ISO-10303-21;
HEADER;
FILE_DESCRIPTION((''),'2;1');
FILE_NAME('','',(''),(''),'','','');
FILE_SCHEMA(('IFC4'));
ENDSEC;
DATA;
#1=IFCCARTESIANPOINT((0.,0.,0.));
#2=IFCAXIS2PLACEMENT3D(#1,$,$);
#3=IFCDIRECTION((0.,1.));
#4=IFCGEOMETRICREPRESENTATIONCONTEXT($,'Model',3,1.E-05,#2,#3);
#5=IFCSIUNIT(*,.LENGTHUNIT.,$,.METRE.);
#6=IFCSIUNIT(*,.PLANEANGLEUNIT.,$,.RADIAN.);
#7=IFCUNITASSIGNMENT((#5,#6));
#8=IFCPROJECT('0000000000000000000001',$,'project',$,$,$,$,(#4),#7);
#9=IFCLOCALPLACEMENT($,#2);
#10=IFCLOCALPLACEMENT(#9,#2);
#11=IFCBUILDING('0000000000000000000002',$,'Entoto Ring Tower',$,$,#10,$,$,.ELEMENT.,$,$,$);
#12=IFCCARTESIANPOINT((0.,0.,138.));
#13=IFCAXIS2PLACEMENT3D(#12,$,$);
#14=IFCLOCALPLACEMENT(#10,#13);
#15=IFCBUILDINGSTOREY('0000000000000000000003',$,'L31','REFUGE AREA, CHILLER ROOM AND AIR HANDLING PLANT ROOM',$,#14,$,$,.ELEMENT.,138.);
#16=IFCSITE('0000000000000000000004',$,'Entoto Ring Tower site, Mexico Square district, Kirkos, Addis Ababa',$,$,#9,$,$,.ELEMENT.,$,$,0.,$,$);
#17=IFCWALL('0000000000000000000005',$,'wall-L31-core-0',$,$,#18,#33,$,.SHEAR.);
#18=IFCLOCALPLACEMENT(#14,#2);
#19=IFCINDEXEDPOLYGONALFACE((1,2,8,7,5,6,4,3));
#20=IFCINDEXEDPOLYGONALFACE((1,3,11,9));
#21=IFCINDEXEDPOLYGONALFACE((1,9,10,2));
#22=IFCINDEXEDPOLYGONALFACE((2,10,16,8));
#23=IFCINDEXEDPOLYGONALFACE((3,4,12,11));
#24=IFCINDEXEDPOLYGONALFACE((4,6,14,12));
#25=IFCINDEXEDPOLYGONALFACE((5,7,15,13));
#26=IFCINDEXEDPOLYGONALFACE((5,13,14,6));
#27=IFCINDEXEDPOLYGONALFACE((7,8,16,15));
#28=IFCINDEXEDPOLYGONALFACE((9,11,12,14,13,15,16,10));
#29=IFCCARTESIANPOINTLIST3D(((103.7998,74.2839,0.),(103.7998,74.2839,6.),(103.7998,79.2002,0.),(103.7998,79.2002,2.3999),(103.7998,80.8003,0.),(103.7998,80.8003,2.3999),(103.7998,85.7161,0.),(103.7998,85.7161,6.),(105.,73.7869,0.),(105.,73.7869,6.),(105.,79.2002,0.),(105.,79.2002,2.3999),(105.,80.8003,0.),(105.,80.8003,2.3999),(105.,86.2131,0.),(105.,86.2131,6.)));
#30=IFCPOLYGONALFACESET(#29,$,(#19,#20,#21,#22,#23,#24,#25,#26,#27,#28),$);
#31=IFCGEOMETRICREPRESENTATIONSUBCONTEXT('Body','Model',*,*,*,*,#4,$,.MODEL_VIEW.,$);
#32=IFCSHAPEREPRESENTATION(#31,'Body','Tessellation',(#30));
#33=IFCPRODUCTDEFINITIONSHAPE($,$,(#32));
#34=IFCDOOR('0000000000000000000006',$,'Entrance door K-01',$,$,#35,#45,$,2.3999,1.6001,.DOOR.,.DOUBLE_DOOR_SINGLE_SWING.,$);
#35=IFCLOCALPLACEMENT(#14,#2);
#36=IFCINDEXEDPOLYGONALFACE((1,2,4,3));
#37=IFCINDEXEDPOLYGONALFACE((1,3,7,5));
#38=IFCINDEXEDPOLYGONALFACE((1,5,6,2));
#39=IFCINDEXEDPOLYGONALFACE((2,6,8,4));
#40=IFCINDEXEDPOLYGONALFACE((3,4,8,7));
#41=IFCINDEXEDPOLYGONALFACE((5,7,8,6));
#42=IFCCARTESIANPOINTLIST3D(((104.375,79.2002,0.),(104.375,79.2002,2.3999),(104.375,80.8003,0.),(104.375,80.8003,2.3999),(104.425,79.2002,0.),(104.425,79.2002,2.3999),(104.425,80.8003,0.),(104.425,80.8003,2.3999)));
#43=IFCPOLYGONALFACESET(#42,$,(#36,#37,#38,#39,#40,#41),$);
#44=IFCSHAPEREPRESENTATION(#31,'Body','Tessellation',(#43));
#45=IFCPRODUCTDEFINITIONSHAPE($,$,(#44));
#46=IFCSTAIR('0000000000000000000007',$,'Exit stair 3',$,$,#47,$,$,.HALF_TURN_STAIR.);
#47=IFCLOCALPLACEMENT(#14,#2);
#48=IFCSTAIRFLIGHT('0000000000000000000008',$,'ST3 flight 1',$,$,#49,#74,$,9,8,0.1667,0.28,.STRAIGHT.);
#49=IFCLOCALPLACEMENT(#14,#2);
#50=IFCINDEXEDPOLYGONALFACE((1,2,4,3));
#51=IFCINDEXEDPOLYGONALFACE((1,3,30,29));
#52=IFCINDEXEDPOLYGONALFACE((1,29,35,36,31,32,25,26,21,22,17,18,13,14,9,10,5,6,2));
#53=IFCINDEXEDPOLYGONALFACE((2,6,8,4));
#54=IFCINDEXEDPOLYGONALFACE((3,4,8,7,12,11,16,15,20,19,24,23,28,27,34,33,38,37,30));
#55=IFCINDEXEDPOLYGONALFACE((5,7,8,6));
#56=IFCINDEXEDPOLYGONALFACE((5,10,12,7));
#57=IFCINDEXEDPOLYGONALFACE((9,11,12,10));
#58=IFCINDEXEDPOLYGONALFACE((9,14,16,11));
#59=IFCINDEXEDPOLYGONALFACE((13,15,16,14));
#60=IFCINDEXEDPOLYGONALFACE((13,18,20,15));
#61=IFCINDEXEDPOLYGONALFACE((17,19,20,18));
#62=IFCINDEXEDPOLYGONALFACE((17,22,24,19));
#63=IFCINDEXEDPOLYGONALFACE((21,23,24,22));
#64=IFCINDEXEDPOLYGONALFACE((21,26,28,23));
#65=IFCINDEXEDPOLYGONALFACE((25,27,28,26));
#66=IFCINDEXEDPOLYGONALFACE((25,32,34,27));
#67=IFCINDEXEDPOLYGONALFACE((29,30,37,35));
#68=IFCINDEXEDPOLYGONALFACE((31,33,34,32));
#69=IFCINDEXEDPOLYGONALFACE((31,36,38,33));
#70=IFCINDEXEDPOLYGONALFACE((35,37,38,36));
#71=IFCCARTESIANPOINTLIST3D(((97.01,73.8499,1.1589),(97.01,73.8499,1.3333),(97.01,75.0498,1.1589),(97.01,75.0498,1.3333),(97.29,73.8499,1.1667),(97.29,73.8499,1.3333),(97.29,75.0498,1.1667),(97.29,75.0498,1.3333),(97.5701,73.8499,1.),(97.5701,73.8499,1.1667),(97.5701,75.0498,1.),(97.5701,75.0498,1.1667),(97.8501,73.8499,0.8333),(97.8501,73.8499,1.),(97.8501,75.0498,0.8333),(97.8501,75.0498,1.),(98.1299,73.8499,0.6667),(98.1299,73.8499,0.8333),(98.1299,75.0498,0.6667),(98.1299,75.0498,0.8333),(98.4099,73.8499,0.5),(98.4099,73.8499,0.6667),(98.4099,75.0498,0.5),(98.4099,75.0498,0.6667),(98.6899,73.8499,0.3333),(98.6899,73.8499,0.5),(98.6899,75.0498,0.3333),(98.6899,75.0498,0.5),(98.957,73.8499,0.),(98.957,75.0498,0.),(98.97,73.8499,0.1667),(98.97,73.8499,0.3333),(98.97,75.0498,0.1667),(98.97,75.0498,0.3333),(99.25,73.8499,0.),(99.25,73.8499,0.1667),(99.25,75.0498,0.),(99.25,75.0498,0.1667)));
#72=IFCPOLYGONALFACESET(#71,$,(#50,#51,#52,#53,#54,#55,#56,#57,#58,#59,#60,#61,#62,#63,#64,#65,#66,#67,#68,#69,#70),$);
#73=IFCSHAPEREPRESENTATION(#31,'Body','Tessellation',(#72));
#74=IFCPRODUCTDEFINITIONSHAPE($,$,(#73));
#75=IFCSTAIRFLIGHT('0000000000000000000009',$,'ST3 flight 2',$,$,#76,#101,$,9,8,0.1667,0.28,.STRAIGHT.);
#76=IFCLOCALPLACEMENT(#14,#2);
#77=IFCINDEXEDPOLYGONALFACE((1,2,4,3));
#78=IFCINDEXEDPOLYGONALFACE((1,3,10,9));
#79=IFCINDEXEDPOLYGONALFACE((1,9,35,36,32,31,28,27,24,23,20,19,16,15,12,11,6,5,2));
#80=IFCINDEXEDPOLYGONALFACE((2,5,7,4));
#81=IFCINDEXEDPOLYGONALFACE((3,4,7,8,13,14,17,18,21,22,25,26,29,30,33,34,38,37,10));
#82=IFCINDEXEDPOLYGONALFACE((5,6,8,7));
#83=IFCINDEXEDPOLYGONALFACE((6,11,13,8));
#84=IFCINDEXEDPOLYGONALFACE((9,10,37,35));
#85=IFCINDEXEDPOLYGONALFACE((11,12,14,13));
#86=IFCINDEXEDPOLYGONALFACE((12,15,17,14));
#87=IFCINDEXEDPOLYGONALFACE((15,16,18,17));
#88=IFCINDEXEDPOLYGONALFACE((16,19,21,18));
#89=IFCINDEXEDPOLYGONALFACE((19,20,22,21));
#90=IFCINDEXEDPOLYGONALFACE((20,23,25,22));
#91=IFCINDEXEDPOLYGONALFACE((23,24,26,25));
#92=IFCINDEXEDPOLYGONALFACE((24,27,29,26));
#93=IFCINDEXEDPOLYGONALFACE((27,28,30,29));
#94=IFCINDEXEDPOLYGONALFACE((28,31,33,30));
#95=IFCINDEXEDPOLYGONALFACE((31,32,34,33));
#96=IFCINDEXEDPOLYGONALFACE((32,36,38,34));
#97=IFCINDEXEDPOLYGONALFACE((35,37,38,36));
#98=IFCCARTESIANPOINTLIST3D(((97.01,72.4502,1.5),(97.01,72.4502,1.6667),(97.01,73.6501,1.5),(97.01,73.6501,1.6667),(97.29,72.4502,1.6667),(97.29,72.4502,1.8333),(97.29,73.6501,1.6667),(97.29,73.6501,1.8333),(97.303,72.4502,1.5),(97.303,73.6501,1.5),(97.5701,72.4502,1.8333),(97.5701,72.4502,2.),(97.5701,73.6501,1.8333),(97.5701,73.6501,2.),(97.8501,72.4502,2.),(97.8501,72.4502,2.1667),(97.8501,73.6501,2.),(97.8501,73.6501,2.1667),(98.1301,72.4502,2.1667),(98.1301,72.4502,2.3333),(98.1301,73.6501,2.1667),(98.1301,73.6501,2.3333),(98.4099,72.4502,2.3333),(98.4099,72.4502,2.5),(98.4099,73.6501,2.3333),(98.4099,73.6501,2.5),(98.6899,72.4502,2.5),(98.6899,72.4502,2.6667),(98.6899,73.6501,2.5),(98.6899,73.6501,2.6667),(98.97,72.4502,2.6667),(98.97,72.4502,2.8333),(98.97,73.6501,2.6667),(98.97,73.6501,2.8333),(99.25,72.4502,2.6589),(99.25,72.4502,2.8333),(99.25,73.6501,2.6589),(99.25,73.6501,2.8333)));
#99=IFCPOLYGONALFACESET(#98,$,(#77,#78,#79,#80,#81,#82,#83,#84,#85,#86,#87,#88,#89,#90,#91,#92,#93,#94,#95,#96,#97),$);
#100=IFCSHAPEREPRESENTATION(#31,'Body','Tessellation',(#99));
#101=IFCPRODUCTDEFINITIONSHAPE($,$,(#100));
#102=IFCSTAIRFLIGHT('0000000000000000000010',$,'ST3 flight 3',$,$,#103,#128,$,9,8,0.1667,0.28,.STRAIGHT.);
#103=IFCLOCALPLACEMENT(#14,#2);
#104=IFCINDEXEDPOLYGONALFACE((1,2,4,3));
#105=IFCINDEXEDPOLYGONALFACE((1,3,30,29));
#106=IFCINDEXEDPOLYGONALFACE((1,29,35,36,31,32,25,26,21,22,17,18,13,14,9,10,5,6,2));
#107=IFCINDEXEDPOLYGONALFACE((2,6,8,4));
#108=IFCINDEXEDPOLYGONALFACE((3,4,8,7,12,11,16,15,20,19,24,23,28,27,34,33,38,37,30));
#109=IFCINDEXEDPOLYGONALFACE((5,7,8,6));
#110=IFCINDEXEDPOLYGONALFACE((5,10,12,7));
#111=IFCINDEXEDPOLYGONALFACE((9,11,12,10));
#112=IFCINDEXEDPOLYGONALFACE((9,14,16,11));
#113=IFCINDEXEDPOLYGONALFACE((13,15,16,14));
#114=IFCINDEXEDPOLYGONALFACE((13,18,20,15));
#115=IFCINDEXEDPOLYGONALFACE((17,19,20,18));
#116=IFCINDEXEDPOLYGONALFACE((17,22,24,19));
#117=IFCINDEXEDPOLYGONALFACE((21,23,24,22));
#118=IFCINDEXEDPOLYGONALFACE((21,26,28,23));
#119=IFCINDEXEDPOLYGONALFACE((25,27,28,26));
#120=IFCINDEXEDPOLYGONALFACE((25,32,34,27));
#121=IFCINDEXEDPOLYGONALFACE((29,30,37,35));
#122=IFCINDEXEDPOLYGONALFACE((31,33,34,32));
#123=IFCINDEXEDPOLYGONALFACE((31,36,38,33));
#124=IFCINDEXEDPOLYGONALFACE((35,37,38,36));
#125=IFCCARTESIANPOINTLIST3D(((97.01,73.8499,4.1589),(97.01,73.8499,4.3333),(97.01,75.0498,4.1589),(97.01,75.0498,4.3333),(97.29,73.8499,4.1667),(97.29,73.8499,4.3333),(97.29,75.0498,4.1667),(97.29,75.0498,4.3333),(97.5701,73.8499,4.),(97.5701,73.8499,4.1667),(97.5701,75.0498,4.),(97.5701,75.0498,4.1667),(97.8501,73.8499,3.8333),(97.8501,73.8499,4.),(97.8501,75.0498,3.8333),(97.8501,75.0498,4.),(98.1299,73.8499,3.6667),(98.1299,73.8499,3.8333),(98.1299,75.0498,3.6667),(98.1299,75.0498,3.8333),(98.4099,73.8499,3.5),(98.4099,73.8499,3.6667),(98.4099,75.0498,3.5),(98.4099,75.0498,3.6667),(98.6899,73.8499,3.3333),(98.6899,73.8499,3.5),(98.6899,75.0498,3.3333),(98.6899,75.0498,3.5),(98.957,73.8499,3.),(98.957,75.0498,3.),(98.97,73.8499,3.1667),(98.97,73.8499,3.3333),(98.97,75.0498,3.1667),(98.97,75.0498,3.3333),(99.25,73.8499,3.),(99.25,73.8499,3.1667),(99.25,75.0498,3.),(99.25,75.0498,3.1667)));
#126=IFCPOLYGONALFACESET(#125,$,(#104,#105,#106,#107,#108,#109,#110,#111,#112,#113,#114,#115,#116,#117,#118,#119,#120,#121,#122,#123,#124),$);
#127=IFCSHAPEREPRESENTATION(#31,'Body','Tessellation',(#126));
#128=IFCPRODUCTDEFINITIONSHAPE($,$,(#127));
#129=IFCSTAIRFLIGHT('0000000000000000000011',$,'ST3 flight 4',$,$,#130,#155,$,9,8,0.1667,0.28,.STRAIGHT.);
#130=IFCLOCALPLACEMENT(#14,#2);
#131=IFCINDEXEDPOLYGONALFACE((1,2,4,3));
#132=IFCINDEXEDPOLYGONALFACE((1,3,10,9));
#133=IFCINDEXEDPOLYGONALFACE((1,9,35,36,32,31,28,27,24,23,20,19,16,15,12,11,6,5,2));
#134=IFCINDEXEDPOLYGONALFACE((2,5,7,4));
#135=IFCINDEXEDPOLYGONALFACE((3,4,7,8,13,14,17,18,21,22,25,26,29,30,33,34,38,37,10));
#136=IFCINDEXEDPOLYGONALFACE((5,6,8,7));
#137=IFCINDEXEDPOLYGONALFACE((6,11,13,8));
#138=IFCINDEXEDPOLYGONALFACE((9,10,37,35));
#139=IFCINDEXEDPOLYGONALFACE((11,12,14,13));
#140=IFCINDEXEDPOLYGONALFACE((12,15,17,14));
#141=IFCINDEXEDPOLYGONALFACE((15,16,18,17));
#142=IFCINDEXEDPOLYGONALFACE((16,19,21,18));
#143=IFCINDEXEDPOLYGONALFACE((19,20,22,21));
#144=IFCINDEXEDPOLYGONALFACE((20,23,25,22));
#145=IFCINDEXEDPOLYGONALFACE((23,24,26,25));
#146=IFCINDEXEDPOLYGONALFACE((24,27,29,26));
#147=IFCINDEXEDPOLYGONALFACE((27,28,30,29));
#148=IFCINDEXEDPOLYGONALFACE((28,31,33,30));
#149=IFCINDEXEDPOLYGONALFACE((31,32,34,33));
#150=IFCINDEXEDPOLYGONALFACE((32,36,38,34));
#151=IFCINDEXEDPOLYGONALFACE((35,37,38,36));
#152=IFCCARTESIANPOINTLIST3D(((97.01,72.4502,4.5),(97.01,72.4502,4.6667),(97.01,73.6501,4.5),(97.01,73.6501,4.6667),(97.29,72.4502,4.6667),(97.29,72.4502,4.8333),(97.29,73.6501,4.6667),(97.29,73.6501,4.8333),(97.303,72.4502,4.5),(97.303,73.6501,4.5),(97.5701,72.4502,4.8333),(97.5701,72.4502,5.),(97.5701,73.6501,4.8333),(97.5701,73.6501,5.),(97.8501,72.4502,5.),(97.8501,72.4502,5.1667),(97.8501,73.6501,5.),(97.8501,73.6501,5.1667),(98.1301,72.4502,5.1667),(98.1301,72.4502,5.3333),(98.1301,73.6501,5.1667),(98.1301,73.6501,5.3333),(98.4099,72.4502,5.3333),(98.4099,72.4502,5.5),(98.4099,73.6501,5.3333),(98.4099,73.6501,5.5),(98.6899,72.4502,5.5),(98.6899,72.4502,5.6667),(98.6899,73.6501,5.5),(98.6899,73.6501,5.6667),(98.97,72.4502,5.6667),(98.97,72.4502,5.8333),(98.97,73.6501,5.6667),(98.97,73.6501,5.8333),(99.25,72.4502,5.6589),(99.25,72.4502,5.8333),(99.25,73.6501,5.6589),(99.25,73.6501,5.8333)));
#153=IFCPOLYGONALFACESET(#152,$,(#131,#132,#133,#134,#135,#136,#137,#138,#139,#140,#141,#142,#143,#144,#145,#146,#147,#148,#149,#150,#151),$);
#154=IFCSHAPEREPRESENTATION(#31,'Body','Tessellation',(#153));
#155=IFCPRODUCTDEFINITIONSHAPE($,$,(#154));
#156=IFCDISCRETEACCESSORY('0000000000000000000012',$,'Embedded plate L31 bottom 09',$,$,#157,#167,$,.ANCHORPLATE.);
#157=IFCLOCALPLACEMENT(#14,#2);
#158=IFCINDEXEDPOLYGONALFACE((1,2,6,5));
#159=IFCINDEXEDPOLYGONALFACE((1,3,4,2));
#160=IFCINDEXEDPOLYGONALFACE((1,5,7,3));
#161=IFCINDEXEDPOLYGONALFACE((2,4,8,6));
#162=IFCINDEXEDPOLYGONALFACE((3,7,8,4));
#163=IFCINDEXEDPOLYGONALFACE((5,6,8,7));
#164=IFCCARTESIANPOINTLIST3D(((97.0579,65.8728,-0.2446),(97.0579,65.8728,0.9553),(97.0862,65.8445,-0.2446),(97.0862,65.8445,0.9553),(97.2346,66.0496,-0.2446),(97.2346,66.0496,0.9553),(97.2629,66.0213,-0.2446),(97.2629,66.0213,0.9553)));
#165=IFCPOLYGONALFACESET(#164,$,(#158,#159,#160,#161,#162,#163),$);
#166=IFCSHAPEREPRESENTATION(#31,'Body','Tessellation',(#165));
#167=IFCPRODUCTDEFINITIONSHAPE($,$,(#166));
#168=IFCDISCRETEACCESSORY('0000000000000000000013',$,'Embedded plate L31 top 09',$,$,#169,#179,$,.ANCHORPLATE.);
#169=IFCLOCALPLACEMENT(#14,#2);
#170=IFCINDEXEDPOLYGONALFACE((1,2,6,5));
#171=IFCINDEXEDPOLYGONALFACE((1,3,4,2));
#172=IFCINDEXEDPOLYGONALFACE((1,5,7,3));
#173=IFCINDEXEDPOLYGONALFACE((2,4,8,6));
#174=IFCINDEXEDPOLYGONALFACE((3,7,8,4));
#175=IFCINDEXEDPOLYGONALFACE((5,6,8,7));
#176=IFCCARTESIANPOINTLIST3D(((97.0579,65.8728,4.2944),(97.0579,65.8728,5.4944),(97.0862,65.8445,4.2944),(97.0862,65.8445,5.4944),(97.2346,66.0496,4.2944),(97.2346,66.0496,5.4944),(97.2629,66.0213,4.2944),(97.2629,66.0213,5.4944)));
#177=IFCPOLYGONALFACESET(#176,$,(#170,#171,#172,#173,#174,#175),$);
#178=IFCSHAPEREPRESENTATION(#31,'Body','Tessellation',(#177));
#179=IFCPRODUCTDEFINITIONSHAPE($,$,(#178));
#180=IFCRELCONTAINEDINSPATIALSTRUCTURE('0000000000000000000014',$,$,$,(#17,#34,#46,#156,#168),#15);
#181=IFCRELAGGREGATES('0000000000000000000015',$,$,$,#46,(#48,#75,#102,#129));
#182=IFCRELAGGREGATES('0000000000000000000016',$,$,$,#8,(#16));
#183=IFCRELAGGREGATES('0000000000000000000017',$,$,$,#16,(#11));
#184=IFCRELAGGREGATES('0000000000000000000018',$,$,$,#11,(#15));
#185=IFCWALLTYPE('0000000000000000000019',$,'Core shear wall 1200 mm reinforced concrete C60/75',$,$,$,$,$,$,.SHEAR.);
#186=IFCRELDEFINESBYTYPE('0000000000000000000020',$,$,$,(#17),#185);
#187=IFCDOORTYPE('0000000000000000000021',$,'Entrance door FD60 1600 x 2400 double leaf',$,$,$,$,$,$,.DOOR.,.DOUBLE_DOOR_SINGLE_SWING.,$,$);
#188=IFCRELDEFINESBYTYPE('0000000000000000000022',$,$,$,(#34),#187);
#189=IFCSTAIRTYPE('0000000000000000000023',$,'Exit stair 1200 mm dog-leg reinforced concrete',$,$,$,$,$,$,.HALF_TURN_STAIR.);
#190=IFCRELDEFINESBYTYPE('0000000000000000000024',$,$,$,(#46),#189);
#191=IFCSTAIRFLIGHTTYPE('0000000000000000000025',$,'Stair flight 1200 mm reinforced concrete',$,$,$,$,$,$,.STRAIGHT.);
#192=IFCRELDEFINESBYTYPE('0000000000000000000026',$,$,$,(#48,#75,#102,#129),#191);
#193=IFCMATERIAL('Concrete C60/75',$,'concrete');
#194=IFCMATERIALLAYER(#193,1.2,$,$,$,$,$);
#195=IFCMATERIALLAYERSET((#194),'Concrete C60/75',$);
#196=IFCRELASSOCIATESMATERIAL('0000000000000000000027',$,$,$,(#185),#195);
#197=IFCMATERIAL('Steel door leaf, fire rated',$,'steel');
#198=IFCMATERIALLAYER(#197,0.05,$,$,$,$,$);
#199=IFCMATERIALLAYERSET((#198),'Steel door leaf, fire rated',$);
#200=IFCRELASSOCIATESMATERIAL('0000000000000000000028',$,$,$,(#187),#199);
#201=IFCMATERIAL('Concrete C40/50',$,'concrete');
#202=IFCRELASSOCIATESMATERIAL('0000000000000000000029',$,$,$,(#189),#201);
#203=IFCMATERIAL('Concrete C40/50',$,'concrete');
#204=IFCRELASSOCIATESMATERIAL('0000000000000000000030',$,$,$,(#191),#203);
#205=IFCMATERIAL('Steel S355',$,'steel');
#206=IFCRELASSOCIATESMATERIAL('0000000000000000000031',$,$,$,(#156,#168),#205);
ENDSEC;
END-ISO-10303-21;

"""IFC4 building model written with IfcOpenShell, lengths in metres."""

from ifc_helpers import new_model, si_unit, direction, frame, frame_2d, origin, origin_2d, place, context, subcontext, project, spatial, polyline, rectangle, outline, extrude, material, layer, layer_set, type_object, element, fill, aggregate, save


model = new_model("IFC4")

# Units and contexts
model_context = context("Model", 3, precision=1e-05, world=origin(), true_north=direction((0.0, 1.0)))
body_context = subcontext(model_context, "Body", "Model", "MODEL_VIEW")
ifc_project = project(units=[si_unit("LENGTHUNIT", "METRE"), si_unit("PLANEANGLEUNIT", "RADIAN")], contexts=[model_context])

# Site, building, storey
site_placement = place(None, origin())
site = spatial("IfcSite", under=ifc_project, at=site_placement, Name="Entoto Ring Tower site, Mexico Square district, Kirkos, Addis Ababa", CompositionType="ELEMENT", RefElevation=0.0)
building_placement = place(site_placement, origin())
building = spatial("IfcBuilding", under=site, at=building_placement, Name="Entoto Ring Tower", CompositionType="ELEMENT")
storey_placement = place(building_placement, frame((0.0, 0.0, 138.0)))
storey = spatial("IfcBuildingStorey", under=building, at=storey_placement, Name="L31", Description="REFUGE AREA, CHILLER ROOM AND AIR HANDLING PLANT ROOM", CompositionType="ELEMENT", Elevation=138.0)

# Wall, opening, door
ifc_material_1 = material(Name="Concrete C60/75", Category="concrete")
ifc_layer_1 = layer(ifc_material_1, 1.2)
ifc_layer_set_1 = layer_set([ifc_layer_1], Name="Concrete C60/75")
wall_type_1 = type_object("IfcWallType", Name="Core shear wall 1200 mm reinforced concrete C60/75", PredefinedType="SHEAR", material=ifc_layer_set_1)
wall_1_placement = place(storey_placement, frame((104.3999, 74.0354, 0.0), z_axis=(0.0, 0.0, 1.0), x_axis=(0.0, 1.0, 0.0)))
wall_1 = element("IfcWall", 1, at=wall_1_placement, inside=storey, type_object=wall_type_1, Name="wall-L31-core-0", PredefinedType="SHEAR", context=body_context, shape_type="SweptSolid", body=[
    extrude(outline(polyline([(-0.2485, -0.6001), (12.1777, -0.6001), (11.6807, 0.6001), (0.2485, 0.6001), (-0.2485, -0.6001)])), origin(), (0.0, 0.0, 1.0), 6.0),
])
opening_1_placement = place(wall_1_placement, frame((5.1648, 0.0, 0.0)))
opening_1 = element("IfcOpeningElement", 2, at=opening_1_placement, cuts=wall_1, PredefinedType="OPENING", context=body_context, shape_type="SweptSolid", body=[
    extrude(rectangle(XDim=1.6001, YDim=2.3999, at=frame_2d((0.8, 1.2))), frame((0.0, 0.6099, 0.0), z_axis=(0.0, -1.0, 0.0), x_axis=(1.0, 0.0, 0.0)), (0.0, 0.0, 1.0), 1.22),
])
ifc_material_2 = material(Name="Steel door leaf, fire rated", Category="steel")
ifc_layer_2 = layer(ifc_material_2, 0.05)
ifc_layer_set_2 = layer_set([ifc_layer_2], Name="Steel door leaf, fire rated")
door_type_1 = type_object("IfcDoorType", Name="Entrance door FD60 1600 x 2400 double leaf", OperationType="DOUBLE_DOOR_SINGLE_SWING", PredefinedType="DOOR", material=ifc_layer_set_2)
door_1_placement = place(opening_1_placement, origin())
door_1 = element("IfcDoor", 3, at=door_1_placement, inside=storey, type_object=door_type_1, Name="Entrance door K-01", OperationType="DOUBLE_DOOR_SINGLE_SWING", OverallHeight=2.3999, OverallWidth=1.6001, PredefinedType="DOOR", context=body_context, shape_type="SweptSolid", body=[
    extrude(rectangle(XDim=1.6001, YDim=2.3999, at=frame_2d((0.8, 1.2))), frame((0.0, 0.0249, 0.0), z_axis=(0.0, -1.0, 0.0), x_axis=(1.0, 0.0, 0.0)), (0.0, 0.0, 1.0), 0.05),
])
fill(opening_1, door_1)

# Stair, stair flights
ifc_material_3 = material(Name="Concrete C40/50", Category="concrete")
stair_type = type_object("IfcStairType", Name="Exit stair 1200 mm dog-leg reinforced concrete", PredefinedType="HALF_TURN_STAIR", material=ifc_material_3)
stair_placement = place(storey_placement, origin())
stair = element("IfcStair", 4, at=stair_placement, inside=storey, type_object=stair_type, Name="Exit stair 3", PredefinedType="HALF_TURN_STAIR")
ifc_material_4 = material(Name="Concrete C40/50", Category="concrete")
stair_flight_type = type_object("IfcStairFlightType", Name="Stair flight 1200 mm reinforced concrete", PredefinedType="STRAIGHT", material=ifc_material_4)
stair_flight_1_placement = place(storey_placement, frame((99.25, 74.45, 0.0), z_axis=(0.0, 0.0, 1.0), x_axis=(-1.0, 0.0, 0.0)))
stair_flight_1 = element("IfcStairFlight", 5, at=stair_flight_1_placement, type_object=stair_flight_type, Name="ST3 flight 1", NumberOfRisers=9, NumberOfTreads=8, PredefinedType="STRAIGHT", RiserHeight=0.1667, TreadLength=0.28, context=body_context, shape_type="SweptSolid", body=[
    extrude(outline(polyline([(0.0, 0.0), (0.0, 0.1667), (0.28, 0.1667), (0.28, 0.3333), (0.5601, 0.3333), (0.5601, 0.5), (0.8401, 0.5), (0.8401, 0.6667), (1.1201, 0.6667), (1.1201, 0.8333), (1.3999, 0.8333), (1.3999, 1.0), (1.6799, 1.0), (1.6799, 1.1667), (1.96, 1.1667), (1.96, 1.3333), (2.24, 1.3333), (2.24, 1.5), (2.24, 1.1589), (0.293, 0.0), (0.0, 0.0)])), frame((0.0, 0.6001, 0.0), z_axis=(0.0, -1.0, 0.0), x_axis=(1.0, 0.0, 0.0)), (0.0, 0.0, 1.0), 1.2),
])
stair_flight_2_placement = place(storey_placement, frame((97.01, 73.05, 1.5), z_axis=(0.0, 0.0, 1.0), x_axis=(1.0, 0.0, 0.0)))
stair_flight_2 = element("IfcStairFlight", 6, at=stair_flight_2_placement, type_object=stair_flight_type, Name="ST3 flight 2", NumberOfRisers=9, NumberOfTreads=8, PredefinedType="STRAIGHT", RiserHeight=0.1667, TreadLength=0.28, context=body_context, shape_type="SweptSolid", body=[
    extrude(outline(polyline([(0.0, 0.0), (0.0, 0.1667), (0.28, 0.1667), (0.28, 0.3333), (0.5601, 0.3333), (0.5601, 0.5), (0.8401, 0.5), (0.8401, 0.6667), (1.1201, 0.6667), (1.1201, 0.8333), (1.3999, 0.8333), (1.3999, 1.0), (1.6799, 1.0), (1.6799, 1.1667), (1.96, 1.1667), (1.96, 1.3333), (2.24, 1.3333), (2.24, 1.5), (2.24, 1.1589), (0.293, 0.0), (0.0, 0.0)])), frame((0.0, 0.6001, 0.0), z_axis=(0.0, -1.0, 0.0), x_axis=(1.0, 0.0, 0.0)), (0.0, 0.0, 1.0), 1.2),
])
stair_flight_3_placement = place(storey_placement, frame((99.25, 74.45, 3.0), z_axis=(0.0, 0.0, 1.0), x_axis=(-1.0, 0.0, 0.0)))
stair_flight_3 = element("IfcStairFlight", 7, at=stair_flight_3_placement, type_object=stair_flight_type, Name="ST3 flight 3", NumberOfRisers=9, NumberOfTreads=8, PredefinedType="STRAIGHT", RiserHeight=0.1667, TreadLength=0.28, context=body_context, shape_type="SweptSolid", body=[
    extrude(outline(polyline([(0.0, 0.0), (0.0, 0.1667), (0.28, 0.1667), (0.28, 0.3333), (0.5601, 0.3333), (0.5601, 0.5), (0.8401, 0.5), (0.8401, 0.6667), (1.1201, 0.6667), (1.1201, 0.8333), (1.3999, 0.8333), (1.3999, 1.0), (1.6799, 1.0), (1.6799, 1.1667), (1.96, 1.1667), (1.96, 1.3333), (2.24, 1.3333), (2.24, 1.5), (2.24, 1.1589), (0.293, 0.0), (0.0, 0.0)])), frame((0.0, 0.6001, 0.0), z_axis=(0.0, -1.0, 0.0), x_axis=(1.0, 0.0, 0.0)), (0.0, 0.0, 1.0), 1.2),
])
stair_flight_4_placement = place(storey_placement, frame((97.01, 73.05, 4.5), z_axis=(0.0, 0.0, 1.0), x_axis=(1.0, 0.0, 0.0)))
stair_flight_4 = element("IfcStairFlight", 8, at=stair_flight_4_placement, type_object=stair_flight_type, Name="ST3 flight 4", NumberOfRisers=9, NumberOfTreads=8, PredefinedType="STRAIGHT", RiserHeight=0.1667, TreadLength=0.28, context=body_context, shape_type="SweptSolid", body=[
    extrude(outline(polyline([(0.0, 0.0), (0.0, 0.1667), (0.28, 0.1667), (0.28, 0.3333), (0.5601, 0.3333), (0.5601, 0.5), (0.8401, 0.5), (0.8401, 0.6667), (1.1201, 0.6667), (1.1201, 0.8333), (1.3999, 0.8333), (1.3999, 1.0), (1.6799, 1.0), (1.6799, 1.1667), (1.96, 1.1667), (1.96, 1.3333), (2.24, 1.3333), (2.24, 1.5), (2.24, 1.1589), (0.293, 0.0), (0.0, 0.0)])), frame((0.0, 0.6001, 0.0), z_axis=(0.0, -1.0, 0.0), x_axis=(1.0, 0.0, 0.0)), (0.0, 0.0, 1.0), 1.2),
])
aggregate(stair, [stair_flight_1, stair_flight_2, stair_flight_3, stair_flight_4])

# Discrete accessories
ifc_material_5 = material(Name="Steel S355", Category="steel")
for number, where, z_axis, x_axis, name in (
    (9, (97.1604, 65.947, -0.2446), (0.0, 0.0, 1.0), (0.707107, -0.707107, 0.0), "Embedded plate L31 bottom 09"),
    (10, (97.1604, 65.947, 4.2944), (0.0, 0.0, 1.0), (0.707107, -0.707107, 0.0), "Embedded plate L31 top 09"),
):
    element("IfcDiscreteAccessory", number, at=place(storey_placement, frame(where, z_axis=z_axis, x_axis=x_axis)), inside=storey, material=ifc_material_5, Name=name, PredefinedType="ANCHORPLATE", context=body_context, shape_type="SweptSolid", body=[
        extrude(rectangle(XDim=0.04, YDim=0.25, at=origin_2d()), origin(), (0.0, 0.0, 1.0), 1.2),
    ])

save(model, "model.ifc")
